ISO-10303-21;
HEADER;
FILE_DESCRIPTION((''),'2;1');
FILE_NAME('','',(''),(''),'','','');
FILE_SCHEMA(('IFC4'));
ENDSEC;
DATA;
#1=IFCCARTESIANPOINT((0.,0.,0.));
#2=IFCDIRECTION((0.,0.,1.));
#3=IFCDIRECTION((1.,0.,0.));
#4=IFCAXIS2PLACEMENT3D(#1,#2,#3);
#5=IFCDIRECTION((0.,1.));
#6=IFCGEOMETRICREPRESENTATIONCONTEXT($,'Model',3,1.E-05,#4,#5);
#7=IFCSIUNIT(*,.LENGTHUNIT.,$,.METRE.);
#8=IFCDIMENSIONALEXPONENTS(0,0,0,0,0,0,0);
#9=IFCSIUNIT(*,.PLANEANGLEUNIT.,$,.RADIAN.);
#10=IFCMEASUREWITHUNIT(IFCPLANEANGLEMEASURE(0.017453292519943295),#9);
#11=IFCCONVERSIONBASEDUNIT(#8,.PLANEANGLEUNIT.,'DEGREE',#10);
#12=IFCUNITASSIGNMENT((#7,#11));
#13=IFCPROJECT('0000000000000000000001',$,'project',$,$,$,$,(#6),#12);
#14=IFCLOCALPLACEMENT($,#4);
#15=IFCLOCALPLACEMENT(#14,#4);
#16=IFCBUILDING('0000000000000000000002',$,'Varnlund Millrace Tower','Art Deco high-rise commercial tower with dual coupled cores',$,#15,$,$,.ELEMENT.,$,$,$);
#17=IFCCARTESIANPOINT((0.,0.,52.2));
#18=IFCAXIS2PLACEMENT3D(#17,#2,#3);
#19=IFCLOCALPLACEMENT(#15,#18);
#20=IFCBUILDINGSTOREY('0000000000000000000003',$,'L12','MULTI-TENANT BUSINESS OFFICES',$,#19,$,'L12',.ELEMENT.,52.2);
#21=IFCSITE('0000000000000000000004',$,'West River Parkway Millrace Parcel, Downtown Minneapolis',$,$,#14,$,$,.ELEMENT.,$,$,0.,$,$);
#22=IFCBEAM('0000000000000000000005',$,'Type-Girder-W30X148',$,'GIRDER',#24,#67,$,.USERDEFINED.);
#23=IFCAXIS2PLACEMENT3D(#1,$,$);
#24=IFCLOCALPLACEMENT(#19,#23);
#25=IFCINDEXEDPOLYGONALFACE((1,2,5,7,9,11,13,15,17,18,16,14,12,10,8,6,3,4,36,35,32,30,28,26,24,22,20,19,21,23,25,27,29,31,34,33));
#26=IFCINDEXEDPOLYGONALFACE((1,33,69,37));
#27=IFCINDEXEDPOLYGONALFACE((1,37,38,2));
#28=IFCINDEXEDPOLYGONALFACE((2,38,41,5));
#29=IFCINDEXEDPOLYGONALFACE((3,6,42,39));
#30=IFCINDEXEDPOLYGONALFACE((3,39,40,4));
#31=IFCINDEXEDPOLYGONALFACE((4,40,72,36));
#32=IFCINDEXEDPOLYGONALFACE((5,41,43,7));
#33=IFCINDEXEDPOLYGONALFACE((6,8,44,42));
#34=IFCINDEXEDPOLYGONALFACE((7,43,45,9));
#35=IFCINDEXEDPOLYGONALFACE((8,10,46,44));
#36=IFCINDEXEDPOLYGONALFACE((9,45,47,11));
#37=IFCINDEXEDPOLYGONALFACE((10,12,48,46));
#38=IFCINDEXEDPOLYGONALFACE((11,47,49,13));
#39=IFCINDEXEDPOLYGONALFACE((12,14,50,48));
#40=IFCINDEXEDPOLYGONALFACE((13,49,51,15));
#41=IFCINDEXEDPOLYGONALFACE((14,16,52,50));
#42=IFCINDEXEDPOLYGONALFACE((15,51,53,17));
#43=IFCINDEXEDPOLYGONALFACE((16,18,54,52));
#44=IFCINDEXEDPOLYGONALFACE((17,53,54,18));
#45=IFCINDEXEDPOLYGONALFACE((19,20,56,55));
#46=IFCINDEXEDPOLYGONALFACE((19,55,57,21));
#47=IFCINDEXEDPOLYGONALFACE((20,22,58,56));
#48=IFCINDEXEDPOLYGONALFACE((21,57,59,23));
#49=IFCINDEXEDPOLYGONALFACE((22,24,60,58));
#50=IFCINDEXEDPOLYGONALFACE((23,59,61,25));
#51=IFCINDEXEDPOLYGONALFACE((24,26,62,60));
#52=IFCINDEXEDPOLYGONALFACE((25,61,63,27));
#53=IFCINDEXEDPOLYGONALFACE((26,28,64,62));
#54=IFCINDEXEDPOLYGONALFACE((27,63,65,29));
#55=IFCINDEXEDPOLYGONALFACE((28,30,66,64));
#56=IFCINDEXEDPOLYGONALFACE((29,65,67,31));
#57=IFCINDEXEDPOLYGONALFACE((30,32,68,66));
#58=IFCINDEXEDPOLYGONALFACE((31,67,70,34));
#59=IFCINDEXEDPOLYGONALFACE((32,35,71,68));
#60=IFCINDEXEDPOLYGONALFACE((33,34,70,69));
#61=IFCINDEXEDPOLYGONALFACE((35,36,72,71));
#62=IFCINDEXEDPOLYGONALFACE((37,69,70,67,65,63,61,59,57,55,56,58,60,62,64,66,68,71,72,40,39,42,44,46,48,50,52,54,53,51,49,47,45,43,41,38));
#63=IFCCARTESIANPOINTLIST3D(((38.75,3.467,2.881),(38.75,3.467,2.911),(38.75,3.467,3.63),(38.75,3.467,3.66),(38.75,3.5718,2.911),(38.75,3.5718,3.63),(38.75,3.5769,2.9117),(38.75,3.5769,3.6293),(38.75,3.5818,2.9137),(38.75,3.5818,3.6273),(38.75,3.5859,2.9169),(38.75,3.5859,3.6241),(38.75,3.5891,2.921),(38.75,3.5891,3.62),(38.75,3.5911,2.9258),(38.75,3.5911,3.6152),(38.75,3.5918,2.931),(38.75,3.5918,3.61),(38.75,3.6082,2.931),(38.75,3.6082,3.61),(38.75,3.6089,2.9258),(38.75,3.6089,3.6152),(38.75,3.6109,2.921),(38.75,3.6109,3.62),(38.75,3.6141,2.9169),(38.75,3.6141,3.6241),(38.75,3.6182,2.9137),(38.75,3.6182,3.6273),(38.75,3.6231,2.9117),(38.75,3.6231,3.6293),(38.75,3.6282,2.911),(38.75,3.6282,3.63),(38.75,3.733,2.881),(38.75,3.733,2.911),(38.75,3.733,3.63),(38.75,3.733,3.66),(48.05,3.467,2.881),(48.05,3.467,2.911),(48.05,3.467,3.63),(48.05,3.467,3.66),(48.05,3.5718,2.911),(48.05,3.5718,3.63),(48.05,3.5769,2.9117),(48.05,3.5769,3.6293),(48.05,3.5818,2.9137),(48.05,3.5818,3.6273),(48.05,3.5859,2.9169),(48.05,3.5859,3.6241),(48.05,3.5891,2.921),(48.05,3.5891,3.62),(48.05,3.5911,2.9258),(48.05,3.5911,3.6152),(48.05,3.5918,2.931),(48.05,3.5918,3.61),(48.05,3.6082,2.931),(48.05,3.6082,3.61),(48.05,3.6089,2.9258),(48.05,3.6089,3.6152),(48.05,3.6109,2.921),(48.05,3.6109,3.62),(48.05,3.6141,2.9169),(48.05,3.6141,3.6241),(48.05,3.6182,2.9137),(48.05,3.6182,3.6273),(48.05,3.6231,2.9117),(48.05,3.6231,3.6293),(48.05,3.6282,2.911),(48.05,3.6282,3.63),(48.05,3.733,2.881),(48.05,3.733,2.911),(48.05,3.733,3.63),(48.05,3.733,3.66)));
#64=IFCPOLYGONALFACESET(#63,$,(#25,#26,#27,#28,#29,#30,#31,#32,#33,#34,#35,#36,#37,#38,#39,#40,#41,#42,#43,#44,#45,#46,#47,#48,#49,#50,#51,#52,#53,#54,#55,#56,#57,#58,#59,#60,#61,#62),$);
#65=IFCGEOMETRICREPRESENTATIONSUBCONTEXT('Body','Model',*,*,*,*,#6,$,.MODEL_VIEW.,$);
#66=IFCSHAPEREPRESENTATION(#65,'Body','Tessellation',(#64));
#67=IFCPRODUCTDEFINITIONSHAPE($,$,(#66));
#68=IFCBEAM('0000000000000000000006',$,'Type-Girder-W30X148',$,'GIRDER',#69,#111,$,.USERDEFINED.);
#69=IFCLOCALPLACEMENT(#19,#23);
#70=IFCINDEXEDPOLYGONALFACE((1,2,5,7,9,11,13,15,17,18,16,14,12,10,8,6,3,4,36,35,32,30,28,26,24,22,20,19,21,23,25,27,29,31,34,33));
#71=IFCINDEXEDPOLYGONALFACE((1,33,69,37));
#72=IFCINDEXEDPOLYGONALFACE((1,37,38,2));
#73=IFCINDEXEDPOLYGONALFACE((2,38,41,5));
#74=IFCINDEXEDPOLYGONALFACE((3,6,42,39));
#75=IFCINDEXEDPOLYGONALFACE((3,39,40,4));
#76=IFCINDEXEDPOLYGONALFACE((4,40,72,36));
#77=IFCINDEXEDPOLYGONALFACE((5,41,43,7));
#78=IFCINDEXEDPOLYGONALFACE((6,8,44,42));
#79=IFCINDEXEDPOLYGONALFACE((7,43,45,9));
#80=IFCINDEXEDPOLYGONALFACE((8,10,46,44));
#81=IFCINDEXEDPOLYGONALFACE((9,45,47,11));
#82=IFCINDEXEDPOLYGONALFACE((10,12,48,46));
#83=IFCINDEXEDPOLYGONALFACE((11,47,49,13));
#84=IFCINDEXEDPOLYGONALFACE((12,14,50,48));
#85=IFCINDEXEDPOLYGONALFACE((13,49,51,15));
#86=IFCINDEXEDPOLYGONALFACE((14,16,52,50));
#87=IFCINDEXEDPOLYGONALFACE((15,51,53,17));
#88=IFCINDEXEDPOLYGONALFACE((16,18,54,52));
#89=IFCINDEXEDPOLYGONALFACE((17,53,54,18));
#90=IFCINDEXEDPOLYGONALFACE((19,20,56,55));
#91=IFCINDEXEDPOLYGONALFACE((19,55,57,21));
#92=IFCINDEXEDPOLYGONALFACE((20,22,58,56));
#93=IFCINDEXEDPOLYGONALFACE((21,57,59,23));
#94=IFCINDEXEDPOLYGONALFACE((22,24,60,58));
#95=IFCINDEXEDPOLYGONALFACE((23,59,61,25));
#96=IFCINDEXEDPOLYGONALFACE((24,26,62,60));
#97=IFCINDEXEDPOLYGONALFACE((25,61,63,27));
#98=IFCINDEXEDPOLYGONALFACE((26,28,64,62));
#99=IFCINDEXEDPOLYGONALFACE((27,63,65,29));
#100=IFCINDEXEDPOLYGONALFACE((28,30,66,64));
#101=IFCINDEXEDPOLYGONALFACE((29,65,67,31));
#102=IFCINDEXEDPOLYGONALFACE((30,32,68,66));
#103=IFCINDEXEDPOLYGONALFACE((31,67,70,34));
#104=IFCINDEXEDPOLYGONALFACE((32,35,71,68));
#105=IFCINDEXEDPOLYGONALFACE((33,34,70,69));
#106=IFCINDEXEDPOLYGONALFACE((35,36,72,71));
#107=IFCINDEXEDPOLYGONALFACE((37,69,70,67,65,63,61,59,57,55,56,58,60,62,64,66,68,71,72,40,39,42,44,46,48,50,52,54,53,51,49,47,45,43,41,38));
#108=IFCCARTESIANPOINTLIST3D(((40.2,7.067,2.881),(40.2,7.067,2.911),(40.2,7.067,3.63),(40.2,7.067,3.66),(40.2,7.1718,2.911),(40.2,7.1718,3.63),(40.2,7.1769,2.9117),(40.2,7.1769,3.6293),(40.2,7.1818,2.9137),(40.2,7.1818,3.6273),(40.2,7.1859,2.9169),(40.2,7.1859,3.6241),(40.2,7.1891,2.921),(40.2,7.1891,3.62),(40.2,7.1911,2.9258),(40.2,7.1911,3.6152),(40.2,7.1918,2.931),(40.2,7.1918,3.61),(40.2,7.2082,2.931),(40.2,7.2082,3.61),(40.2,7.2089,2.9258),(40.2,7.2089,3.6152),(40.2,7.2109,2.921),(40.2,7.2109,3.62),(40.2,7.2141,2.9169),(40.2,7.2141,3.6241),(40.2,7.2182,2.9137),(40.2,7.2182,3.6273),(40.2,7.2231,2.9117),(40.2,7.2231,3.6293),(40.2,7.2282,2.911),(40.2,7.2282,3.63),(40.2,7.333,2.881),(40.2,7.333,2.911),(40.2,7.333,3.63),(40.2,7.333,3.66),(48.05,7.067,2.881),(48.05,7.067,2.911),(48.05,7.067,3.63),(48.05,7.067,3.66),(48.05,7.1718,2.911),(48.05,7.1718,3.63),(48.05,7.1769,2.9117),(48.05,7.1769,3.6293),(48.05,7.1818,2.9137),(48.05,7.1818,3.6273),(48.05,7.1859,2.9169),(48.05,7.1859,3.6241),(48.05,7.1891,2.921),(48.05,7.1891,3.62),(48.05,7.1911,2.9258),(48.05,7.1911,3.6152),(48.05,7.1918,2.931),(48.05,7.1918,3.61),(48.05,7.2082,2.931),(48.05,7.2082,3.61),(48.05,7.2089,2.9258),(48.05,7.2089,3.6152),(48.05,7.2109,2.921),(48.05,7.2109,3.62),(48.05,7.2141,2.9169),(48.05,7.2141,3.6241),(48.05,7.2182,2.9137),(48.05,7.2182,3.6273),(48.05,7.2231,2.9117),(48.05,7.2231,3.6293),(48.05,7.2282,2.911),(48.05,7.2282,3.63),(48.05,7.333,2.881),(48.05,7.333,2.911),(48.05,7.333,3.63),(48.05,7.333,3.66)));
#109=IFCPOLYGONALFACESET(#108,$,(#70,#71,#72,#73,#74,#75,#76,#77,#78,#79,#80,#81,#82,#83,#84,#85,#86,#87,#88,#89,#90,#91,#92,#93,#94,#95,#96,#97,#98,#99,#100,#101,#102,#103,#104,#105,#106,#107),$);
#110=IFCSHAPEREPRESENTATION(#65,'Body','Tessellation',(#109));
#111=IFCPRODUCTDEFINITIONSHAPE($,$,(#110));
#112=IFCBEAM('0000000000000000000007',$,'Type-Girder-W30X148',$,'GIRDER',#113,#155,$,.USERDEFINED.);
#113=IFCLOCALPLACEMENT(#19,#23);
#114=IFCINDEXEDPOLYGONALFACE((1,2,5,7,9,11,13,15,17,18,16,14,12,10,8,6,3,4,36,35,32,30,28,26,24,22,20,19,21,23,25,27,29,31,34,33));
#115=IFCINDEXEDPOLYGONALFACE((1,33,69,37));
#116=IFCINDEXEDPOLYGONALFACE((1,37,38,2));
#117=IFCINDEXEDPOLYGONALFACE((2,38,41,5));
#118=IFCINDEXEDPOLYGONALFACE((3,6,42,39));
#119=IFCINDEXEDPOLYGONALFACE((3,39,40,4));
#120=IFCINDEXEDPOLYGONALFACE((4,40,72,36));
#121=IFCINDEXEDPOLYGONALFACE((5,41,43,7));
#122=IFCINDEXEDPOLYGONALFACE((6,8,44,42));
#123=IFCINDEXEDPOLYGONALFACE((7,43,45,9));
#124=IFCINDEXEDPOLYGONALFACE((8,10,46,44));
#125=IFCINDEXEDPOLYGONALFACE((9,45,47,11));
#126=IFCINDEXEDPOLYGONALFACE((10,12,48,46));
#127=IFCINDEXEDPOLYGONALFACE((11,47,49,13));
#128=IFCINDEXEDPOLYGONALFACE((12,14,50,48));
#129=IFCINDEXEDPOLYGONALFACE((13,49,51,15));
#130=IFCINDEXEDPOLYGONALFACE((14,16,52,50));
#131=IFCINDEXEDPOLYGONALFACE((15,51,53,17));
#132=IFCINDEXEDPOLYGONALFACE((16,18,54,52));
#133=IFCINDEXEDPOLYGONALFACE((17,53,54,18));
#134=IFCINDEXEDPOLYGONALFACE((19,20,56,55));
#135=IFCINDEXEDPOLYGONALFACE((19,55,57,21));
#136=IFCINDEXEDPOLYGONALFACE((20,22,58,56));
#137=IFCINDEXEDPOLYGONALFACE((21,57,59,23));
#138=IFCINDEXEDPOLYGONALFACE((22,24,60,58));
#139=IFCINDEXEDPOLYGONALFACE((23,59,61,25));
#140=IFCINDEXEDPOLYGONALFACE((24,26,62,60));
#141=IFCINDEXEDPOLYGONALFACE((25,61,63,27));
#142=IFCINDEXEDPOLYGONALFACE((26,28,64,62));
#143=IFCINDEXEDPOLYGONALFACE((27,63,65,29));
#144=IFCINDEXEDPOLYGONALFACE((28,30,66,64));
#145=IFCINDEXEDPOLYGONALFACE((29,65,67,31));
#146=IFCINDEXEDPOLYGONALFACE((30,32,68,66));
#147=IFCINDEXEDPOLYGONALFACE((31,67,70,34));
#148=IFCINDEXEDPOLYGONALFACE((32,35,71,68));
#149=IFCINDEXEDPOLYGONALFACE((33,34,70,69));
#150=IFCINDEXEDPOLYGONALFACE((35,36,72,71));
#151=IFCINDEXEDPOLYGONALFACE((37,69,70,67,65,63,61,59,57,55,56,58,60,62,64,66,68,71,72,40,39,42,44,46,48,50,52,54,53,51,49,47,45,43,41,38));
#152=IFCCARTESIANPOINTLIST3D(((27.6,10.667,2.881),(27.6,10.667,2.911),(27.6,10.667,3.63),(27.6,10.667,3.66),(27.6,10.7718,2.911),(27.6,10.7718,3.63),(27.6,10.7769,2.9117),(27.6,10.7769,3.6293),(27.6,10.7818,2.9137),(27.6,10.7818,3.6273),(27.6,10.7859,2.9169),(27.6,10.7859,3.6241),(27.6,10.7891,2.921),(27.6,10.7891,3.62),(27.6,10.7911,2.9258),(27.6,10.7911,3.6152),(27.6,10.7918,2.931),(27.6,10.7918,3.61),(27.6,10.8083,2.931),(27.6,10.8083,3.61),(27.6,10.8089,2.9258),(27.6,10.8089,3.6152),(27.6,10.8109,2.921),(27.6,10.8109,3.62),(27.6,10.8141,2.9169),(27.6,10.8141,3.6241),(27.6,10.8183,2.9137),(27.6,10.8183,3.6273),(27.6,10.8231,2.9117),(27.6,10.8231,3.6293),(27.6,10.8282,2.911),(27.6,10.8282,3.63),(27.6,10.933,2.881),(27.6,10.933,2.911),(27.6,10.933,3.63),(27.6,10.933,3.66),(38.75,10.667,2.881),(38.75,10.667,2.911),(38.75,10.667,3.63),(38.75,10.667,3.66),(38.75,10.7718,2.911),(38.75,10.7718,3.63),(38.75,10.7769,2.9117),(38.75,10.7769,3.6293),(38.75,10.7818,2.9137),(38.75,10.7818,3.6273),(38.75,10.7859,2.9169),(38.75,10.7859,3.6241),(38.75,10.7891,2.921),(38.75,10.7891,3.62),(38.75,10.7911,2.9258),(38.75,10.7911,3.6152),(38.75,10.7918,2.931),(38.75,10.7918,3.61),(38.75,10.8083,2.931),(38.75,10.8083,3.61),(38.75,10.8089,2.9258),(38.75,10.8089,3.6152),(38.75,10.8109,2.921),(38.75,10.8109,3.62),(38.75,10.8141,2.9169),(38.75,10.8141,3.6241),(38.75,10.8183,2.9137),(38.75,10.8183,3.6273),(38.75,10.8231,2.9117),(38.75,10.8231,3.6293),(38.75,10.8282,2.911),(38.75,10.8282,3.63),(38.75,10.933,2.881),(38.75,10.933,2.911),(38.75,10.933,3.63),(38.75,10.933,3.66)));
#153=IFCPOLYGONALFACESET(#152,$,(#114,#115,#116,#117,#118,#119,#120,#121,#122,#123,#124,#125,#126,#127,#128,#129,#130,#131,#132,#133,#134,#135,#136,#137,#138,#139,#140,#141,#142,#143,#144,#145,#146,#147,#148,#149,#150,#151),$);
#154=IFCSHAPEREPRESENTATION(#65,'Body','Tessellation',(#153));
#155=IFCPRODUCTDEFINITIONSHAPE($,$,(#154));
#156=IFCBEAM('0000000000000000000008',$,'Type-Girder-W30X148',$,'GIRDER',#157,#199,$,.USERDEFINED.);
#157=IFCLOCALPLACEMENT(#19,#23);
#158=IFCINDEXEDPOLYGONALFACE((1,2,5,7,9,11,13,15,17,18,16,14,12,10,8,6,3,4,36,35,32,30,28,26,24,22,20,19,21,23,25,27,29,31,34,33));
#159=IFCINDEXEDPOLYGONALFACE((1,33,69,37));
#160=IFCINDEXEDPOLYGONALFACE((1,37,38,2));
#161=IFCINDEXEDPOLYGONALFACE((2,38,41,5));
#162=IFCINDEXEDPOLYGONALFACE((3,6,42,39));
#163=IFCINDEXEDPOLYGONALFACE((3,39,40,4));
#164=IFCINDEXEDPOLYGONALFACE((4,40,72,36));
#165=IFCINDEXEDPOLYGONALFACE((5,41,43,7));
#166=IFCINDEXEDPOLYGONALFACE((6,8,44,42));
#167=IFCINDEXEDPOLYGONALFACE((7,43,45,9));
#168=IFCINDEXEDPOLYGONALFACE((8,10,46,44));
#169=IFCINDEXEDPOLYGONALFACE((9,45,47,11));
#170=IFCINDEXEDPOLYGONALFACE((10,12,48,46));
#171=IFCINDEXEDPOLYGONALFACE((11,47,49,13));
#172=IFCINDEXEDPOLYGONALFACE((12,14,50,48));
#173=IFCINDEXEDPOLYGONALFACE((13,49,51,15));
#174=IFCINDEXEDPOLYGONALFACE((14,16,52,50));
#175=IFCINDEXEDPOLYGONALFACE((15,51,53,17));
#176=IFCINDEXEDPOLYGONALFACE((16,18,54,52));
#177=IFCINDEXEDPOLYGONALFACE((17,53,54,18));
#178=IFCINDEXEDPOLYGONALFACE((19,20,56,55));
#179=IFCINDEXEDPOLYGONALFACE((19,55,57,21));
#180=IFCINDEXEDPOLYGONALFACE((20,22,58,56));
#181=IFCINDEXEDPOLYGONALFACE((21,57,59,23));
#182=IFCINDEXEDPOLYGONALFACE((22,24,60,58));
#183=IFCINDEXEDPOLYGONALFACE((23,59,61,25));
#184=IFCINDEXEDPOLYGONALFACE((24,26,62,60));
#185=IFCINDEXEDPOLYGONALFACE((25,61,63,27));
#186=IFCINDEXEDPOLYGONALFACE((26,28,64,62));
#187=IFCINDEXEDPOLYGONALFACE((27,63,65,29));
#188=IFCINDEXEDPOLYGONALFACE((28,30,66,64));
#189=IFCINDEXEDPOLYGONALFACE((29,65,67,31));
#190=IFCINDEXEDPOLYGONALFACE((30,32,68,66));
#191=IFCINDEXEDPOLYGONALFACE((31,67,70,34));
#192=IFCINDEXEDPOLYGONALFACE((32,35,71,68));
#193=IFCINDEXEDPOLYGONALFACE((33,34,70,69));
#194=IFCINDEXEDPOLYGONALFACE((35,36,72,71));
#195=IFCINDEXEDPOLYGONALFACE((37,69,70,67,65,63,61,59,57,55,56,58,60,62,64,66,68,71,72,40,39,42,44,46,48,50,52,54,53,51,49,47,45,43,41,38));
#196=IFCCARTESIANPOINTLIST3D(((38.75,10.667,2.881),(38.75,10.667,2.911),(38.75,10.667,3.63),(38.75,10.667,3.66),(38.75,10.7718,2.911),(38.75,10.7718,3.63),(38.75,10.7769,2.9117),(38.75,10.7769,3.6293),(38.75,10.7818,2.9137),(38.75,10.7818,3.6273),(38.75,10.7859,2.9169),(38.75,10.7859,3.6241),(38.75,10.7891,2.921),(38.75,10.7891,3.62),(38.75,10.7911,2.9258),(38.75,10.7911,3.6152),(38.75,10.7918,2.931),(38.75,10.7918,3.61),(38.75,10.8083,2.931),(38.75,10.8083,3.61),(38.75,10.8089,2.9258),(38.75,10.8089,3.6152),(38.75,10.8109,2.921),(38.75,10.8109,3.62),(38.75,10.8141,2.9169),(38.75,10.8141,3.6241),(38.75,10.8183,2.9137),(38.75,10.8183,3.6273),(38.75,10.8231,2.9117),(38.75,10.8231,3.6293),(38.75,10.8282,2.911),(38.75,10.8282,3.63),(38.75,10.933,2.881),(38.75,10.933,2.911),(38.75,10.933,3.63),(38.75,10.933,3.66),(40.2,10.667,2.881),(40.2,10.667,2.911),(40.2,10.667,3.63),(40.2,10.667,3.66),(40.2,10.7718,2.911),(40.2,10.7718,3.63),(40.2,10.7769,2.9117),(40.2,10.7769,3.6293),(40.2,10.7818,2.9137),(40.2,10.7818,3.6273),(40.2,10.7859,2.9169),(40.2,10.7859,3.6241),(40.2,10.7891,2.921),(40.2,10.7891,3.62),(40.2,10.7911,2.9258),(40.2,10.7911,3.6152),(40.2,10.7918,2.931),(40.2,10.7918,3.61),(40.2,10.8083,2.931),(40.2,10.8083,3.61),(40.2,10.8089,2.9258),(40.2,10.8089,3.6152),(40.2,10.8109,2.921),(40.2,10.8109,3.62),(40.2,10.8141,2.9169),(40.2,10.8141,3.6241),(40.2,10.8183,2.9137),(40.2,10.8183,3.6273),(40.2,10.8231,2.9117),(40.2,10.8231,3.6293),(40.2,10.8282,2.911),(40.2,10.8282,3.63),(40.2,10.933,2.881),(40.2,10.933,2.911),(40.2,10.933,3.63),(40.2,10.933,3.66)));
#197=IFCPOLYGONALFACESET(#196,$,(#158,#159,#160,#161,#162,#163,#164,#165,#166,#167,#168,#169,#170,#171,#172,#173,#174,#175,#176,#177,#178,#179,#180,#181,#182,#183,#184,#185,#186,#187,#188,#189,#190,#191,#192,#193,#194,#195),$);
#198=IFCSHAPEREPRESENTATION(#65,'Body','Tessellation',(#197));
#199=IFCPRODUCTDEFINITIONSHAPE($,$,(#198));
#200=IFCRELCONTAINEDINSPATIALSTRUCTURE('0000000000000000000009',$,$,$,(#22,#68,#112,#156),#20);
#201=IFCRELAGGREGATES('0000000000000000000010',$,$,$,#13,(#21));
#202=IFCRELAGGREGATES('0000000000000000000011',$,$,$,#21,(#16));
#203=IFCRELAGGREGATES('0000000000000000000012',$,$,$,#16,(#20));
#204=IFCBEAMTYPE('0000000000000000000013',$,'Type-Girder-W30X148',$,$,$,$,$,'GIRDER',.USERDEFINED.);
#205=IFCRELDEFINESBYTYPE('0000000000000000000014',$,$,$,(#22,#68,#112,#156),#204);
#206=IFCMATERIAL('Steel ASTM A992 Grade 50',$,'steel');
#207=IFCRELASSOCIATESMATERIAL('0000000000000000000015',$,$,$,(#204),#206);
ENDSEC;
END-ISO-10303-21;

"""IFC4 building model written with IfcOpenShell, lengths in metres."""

from ifc_helpers import new_model, entity, si_unit, converted_unit, direction, frame, origin_with_axes, origin_2d_with_axis, place, context, subcontext, project, spatial, i_section, extrude, material, material_profile, profile_set, type_object, element, save


model = new_model("IFC4")

# Units and contexts
model_context = context("Model", 3, precision=1e-05, world=origin_with_axes(), true_north=direction((0.0, 1.0)))
body_context = subcontext(model_context, "Body", "Model", "MODEL_VIEW")
ifc_project = project(units=[si_unit("LENGTHUNIT", "METRE"), converted_unit("PLANEANGLEUNIT", "DEGREE", entity("IfcPlaneAngleMeasure", 0.017453292519943295), si_unit("PLANEANGLEUNIT", "RADIAN"), dimensions=[0, 0, 0, 0, 0, 0, 0])], contexts=[model_context])

# Site, building, storey
site_placement = place(None, origin_with_axes())
site = spatial("IfcSite", under=ifc_project, at=site_placement, Name="West River Parkway Millrace Parcel, Downtown Minneapolis", CompositionType="ELEMENT", RefElevation=0.0)
building_placement = place(site_placement, origin_with_axes())
building = spatial("IfcBuilding", under=site, at=building_placement, Name="Varnlund Millrace Tower", Description="Art Deco high-rise commercial tower with dual coupled cores", CompositionType="ELEMENT")
storey_placement = place(building_placement, frame((0.0, 0.0, 52.2), z_axis=(0.0, 0.0, 1.0), x_axis=(1.0, 0.0, 0.0)))
storey = spatial("IfcBuildingStorey", under=building, at=storey_placement, Name="L12", Description="MULTI-TENANT BUSINESS OFFICES", LongName="L12", CompositionType="ELEMENT", Elevation=52.2)

# Beams
ifc_material_1 = material(Name="Steel ASTM A992 Grade 50", Category="steel")
ifc_material_profile_1 = material_profile(ifc_material_1, i_section(OverallWidth=0.266, OverallDepth=0.779, WebThickness=0.0165, FlangeThickness=0.03, FilletRadius=0.02, at=origin_2d_with_axis()), Name="Steel ASTM A992 Grade 50")
ifc_profile_set_1 = profile_set([ifc_material_profile_1], Name="Steel ASTM A992 Grade 50")
beam_type_1 = type_object("IfcBeamType", Name="Type-Girder-W30X148", ElementType="GIRDER", PredefinedType="USERDEFINED", material=ifc_profile_set_1)
beam_1_placement = place(storey_placement, frame((38.75, 3.6, 3.2705), z_axis=(1.0, 0.0, 0.0), x_axis=(0.0, 1.0, 0.0)))
element("IfcBeam", 1, at=beam_1_placement, inside=storey, type_object=beam_type_1, Name="Type-Girder-W30X148", ObjectType="GIRDER", PredefinedType="USERDEFINED", context=body_context, shape_type="SweptSolid", body=[
    extrude(i_section(OverallWidth=0.266, OverallDepth=0.779, WebThickness=0.0165, FlangeThickness=0.03, FilletRadius=0.02, at=origin_2d_with_axis()), origin_with_axes(), (0.0, 0.0, 1.0), 9.3),
])
beam_2_placement = place(storey_placement, frame((40.2, 7.2, 3.2705), z_axis=(1.0, 0.0, 0.0), x_axis=(0.0, 1.0, 0.0)))
element("IfcBeam", 2, at=beam_2_placement, inside=storey, type_object=beam_type_1, Name="Type-Girder-W30X148", ObjectType="GIRDER", PredefinedType="USERDEFINED", context=body_context, shape_type="SweptSolid", body=[
    extrude(i_section(OverallWidth=0.266, OverallDepth=0.779, WebThickness=0.0165, FlangeThickness=0.03, FilletRadius=0.02, at=origin_2d_with_axis()), origin_with_axes(), (0.0, 0.0, 1.0), 7.85),
])
beam_3_placement = place(storey_placement, frame((27.6, 10.8, 3.2705), z_axis=(1.0, 0.0, 0.0), x_axis=(0.0, 1.0, 0.0)))
element("IfcBeam", 3, at=beam_3_placement, inside=storey, type_object=beam_type_1, Name="Type-Girder-W30X148", ObjectType="GIRDER", PredefinedType="USERDEFINED", context=body_context, shape_type="SweptSolid", body=[
    extrude(i_section(OverallWidth=0.266, OverallDepth=0.779, WebThickness=0.0165, FlangeThickness=0.03, FilletRadius=0.02, at=origin_2d_with_axis()), origin_with_axes(), (0.0, 0.0, 1.0), 11.15),
])
beam_4_placement = place(storey_placement, frame((38.75, 10.8, 3.2705), z_axis=(1.0, 0.0, 0.0), x_axis=(0.0, 1.0, 0.0)))
element("IfcBeam", 4, at=beam_4_placement, inside=storey, type_object=beam_type_1, Name="Type-Girder-W30X148", ObjectType="GIRDER", PredefinedType="USERDEFINED", context=body_context, shape_type="SweptSolid", body=[
    extrude(i_section(OverallWidth=0.266, OverallDepth=0.779, WebThickness=0.0165, FlangeThickness=0.03, FilletRadius=0.02, at=origin_2d_with_axis()), origin_with_axes(), (0.0, 0.0, 1.0), 1.45),
])

save(model, "model.ifc")
